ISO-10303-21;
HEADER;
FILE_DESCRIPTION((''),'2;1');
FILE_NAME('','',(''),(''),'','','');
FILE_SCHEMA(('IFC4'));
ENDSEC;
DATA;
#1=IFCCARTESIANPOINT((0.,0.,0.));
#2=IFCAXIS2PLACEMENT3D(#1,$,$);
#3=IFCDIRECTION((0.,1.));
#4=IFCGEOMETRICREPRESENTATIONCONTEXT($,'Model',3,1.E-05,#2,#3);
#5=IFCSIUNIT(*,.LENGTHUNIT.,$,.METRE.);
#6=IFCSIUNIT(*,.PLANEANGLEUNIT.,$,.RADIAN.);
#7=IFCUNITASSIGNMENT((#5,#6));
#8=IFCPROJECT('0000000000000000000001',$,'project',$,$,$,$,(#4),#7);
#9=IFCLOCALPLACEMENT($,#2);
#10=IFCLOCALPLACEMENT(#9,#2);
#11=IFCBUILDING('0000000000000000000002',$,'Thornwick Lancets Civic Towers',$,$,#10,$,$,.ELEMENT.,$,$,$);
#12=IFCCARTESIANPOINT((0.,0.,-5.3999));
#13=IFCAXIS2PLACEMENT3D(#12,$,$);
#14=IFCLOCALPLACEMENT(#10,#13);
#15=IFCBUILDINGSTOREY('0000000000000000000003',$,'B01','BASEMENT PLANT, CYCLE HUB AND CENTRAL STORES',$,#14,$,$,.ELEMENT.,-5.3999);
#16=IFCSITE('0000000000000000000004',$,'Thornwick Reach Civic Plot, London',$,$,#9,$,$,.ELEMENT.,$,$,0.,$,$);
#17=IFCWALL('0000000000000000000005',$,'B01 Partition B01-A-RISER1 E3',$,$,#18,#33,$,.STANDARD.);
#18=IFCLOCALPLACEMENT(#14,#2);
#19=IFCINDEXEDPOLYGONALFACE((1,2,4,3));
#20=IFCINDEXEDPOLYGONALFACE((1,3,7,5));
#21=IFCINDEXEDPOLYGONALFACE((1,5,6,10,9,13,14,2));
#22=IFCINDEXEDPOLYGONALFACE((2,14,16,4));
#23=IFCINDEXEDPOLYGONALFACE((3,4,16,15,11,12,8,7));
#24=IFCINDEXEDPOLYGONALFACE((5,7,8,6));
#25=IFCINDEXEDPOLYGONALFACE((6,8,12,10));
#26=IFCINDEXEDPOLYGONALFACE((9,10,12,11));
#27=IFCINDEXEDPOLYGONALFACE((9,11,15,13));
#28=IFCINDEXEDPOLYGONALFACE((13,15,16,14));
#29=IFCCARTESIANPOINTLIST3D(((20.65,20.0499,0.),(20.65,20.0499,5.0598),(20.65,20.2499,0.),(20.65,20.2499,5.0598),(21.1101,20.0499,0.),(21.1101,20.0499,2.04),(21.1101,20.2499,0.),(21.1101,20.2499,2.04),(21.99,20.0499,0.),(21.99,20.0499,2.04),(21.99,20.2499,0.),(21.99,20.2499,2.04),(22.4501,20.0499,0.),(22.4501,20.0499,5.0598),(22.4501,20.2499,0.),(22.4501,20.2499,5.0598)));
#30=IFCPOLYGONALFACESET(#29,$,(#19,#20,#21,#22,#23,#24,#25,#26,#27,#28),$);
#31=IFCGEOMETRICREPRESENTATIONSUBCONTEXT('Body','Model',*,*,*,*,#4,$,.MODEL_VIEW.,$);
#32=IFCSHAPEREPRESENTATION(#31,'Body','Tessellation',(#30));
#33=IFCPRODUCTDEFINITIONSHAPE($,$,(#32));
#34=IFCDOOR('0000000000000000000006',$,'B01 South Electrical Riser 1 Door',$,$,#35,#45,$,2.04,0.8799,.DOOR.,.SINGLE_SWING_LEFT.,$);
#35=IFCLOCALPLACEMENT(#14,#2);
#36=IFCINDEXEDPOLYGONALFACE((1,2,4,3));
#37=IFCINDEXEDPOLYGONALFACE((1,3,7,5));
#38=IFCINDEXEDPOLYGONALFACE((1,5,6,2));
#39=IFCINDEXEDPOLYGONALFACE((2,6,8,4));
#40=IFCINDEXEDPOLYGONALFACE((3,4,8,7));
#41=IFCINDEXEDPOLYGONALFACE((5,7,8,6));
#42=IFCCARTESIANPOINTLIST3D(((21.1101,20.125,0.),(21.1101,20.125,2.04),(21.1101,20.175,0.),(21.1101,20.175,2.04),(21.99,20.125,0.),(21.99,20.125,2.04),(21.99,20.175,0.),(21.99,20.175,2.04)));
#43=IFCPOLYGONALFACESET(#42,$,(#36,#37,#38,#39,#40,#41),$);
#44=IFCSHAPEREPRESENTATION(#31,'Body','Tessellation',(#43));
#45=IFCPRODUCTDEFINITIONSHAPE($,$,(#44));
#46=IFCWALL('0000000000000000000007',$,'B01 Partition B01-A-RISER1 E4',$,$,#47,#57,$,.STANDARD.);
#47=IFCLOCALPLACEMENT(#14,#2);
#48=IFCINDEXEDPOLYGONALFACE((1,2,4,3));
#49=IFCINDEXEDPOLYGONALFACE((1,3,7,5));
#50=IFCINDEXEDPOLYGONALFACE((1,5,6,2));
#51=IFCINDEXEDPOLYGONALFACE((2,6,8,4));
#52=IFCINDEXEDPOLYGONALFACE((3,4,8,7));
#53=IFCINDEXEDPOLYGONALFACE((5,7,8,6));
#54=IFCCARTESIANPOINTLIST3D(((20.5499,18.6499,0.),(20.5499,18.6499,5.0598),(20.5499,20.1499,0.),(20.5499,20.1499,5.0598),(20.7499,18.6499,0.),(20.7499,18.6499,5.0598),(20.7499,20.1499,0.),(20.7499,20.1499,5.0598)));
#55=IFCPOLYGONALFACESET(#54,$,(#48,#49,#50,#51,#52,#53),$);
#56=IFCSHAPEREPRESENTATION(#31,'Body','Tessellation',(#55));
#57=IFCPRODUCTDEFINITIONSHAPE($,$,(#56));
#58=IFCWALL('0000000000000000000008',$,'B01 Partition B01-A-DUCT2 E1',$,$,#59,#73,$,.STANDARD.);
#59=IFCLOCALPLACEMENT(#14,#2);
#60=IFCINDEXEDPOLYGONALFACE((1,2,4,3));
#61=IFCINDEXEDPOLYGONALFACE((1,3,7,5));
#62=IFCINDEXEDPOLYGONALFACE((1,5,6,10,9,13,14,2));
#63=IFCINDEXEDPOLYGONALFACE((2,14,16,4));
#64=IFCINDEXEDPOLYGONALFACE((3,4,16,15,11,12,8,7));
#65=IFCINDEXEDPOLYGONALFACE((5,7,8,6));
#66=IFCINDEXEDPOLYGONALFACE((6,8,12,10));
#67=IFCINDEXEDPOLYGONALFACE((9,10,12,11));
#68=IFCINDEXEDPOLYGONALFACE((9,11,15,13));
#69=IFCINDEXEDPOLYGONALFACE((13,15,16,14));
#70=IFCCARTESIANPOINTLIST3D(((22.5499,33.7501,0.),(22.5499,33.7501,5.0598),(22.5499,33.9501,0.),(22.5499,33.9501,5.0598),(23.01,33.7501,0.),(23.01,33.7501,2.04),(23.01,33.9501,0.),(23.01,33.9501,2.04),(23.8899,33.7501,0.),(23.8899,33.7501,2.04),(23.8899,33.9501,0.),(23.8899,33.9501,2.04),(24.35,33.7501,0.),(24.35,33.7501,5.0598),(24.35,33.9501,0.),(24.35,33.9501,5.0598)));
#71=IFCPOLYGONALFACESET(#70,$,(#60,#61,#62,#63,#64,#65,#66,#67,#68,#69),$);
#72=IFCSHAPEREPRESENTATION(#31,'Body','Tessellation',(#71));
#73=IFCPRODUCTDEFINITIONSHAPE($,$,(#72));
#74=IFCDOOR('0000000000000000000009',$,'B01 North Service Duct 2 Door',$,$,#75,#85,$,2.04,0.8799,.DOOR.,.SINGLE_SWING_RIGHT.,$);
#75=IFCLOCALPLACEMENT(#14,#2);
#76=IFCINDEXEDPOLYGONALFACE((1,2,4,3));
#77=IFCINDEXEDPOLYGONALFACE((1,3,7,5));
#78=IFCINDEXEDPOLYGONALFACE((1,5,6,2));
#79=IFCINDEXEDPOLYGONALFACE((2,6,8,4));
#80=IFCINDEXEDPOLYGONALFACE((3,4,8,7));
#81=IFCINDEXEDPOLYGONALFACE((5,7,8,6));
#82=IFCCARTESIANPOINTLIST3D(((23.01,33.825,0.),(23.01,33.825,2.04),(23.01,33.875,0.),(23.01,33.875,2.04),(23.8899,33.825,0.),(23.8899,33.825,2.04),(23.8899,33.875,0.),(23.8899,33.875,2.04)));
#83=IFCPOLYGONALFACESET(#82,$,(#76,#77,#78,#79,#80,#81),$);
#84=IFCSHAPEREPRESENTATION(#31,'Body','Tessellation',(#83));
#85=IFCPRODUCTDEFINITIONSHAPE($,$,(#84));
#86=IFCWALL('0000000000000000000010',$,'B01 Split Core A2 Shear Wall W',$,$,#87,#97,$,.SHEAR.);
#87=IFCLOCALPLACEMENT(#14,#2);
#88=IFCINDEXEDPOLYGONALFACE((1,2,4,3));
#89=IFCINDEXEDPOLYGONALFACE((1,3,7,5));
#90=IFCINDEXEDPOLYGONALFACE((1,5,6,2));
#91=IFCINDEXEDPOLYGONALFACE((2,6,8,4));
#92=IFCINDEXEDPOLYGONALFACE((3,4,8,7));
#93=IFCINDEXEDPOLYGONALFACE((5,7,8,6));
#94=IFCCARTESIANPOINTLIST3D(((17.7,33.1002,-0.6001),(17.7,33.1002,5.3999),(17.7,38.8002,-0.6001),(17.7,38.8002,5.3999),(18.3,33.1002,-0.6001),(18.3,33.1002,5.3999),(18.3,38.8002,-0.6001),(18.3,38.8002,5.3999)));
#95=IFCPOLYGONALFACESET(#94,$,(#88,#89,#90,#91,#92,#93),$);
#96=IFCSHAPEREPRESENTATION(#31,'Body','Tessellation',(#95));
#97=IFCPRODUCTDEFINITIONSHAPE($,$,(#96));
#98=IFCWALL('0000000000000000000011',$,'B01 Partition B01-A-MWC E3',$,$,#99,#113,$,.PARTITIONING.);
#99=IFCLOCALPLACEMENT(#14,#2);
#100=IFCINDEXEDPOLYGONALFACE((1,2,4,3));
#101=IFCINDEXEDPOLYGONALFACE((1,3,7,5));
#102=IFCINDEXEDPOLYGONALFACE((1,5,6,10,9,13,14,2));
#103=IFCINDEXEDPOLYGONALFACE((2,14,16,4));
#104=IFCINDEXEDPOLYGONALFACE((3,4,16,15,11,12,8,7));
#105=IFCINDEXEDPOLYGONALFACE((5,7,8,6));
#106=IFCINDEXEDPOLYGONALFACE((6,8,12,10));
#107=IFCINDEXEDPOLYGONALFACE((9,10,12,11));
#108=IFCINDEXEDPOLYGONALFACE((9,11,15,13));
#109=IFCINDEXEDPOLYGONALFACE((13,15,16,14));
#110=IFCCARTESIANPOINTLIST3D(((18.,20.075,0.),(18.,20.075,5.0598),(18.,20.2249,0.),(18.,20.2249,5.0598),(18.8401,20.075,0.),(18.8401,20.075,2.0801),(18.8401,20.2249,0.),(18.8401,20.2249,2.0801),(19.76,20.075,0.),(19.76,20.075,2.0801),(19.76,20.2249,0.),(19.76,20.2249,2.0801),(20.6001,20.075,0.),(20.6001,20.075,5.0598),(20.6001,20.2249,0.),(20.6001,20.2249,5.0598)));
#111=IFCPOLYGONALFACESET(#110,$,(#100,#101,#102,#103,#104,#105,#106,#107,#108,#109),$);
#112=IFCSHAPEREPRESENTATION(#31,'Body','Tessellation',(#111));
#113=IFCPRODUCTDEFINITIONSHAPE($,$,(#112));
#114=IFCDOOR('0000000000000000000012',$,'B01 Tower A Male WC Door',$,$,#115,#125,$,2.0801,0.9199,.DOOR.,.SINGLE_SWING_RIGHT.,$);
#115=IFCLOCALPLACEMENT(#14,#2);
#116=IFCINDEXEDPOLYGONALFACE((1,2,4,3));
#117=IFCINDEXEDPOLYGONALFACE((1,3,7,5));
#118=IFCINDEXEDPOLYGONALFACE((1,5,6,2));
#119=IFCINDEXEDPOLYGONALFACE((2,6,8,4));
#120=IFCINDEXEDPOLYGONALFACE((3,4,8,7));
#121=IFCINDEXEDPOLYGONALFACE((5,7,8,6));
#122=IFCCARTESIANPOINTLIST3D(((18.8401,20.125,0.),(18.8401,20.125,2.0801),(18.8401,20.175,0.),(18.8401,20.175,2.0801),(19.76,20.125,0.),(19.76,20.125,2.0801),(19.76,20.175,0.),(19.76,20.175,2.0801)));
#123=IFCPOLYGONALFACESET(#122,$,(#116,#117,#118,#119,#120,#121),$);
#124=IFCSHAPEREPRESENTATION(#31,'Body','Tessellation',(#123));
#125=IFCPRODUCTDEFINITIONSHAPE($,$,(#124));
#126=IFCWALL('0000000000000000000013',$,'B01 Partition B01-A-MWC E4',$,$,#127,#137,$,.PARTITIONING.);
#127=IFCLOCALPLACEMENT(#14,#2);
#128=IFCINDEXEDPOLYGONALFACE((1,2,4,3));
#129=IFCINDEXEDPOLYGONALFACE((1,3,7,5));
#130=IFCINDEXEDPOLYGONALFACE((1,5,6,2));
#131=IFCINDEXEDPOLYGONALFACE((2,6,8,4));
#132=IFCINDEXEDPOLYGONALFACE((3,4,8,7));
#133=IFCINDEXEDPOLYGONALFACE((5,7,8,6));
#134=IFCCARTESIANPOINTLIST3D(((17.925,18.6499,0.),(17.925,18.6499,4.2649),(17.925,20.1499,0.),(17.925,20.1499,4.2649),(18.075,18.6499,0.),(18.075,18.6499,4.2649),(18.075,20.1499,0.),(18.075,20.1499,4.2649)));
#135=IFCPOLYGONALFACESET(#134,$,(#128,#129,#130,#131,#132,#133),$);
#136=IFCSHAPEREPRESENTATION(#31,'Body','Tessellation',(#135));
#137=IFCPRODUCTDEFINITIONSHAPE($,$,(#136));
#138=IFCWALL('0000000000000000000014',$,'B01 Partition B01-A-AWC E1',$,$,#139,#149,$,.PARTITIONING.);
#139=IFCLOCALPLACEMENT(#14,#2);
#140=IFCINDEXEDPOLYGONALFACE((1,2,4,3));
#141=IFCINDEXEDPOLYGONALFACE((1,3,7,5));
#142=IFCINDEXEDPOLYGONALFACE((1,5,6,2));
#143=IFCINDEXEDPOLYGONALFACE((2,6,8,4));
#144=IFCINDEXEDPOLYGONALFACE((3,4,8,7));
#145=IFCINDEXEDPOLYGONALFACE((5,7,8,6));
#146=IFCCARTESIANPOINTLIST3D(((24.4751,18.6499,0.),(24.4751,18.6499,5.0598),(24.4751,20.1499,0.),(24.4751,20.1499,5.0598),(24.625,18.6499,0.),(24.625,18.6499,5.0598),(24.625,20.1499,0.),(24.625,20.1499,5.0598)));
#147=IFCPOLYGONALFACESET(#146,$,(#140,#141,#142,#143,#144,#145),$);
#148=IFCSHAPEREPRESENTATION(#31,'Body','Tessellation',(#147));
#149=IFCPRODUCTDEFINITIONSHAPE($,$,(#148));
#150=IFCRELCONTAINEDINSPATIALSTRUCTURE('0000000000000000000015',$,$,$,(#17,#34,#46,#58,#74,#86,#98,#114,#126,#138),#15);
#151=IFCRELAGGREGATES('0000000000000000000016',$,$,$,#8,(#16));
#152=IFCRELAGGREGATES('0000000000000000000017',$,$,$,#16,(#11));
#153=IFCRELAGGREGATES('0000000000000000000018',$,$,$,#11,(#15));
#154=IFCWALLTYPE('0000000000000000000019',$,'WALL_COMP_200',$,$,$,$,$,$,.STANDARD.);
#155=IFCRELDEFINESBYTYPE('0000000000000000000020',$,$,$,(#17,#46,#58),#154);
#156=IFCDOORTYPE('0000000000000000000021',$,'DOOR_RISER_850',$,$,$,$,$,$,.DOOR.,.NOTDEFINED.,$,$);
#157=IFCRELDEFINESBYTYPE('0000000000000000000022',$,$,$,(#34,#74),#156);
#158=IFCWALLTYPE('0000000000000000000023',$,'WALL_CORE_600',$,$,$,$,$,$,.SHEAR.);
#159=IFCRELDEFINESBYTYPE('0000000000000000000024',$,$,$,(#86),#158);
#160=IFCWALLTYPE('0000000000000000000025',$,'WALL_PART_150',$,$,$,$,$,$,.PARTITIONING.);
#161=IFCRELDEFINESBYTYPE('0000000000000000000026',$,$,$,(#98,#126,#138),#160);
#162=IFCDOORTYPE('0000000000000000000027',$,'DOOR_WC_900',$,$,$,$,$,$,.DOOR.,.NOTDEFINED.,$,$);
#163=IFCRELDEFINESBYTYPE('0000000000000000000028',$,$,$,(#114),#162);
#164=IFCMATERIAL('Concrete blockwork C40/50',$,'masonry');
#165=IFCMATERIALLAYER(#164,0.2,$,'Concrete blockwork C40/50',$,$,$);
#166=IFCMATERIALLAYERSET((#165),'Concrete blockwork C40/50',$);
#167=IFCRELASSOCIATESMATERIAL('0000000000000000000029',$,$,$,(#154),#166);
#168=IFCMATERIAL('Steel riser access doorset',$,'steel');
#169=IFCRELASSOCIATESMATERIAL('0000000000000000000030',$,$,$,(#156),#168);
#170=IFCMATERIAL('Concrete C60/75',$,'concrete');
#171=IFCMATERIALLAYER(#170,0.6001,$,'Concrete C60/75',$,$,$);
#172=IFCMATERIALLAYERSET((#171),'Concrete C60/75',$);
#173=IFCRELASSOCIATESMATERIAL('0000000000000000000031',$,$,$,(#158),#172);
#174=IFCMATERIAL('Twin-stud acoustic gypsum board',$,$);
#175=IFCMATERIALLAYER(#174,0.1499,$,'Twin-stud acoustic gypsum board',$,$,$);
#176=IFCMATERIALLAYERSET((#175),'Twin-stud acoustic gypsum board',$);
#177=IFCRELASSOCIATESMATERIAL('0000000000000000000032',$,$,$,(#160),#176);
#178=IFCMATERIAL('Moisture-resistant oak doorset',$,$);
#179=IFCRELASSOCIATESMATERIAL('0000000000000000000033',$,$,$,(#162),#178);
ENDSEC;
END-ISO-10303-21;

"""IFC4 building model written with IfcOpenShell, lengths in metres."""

from ifc_helpers import new_model, si_unit, direction, frame, frame_2d, origin, place, context, subcontext, project, spatial, rectangle, extrude, material, layer, layer_set, type_object, element, fill, save


model = new_model("IFC4")

# Units and contexts
model_context = context("Model", 3, precision=1e-05, world=origin(), true_north=direction((0.0, 1.0)))
body_context = subcontext(model_context, "Body", "Model", "MODEL_VIEW")
ifc_project = project(units=[si_unit("LENGTHUNIT", "METRE"), si_unit("PLANEANGLEUNIT", "RADIAN")], contexts=[model_context])

# Site, building, storey
site_placement = place(None, origin())
site = spatial("IfcSite", under=ifc_project, at=site_placement, Name="Thornwick Reach Civic Plot, London", CompositionType="ELEMENT", RefElevation=0.0)
building_placement = place(site_placement, origin())
building = spatial("IfcBuilding", under=site, at=building_placement, Name="Thornwick Lancets Civic Towers", CompositionType="ELEMENT")
storey_placement = place(building_placement, frame((0.0, 0.0, -5.3999)))
storey = spatial("IfcBuildingStorey", under=building, at=storey_placement, Name="B01", Description="BASEMENT PLANT, CYCLE HUB AND CENTRAL STORES", CompositionType="ELEMENT", Elevation=-5.3999)

# Shared definitions
ifc_material_1 = material(Name="Concrete C60/75", Category="concrete")

# Shared definitions
ifc_material_2 = material(Name="Concrete blockwork C40/50", Category="masonry")
ifc_layer_1 = layer(ifc_material_2, 0.2, Name="Concrete blockwork C40/50")
ifc_layer_set_1 = layer_set([ifc_layer_1], Name="Concrete blockwork C40/50")
wall_type_1 = type_object("IfcWallType", Name="WALL_COMP_200", PredefinedType="STANDARD", material=ifc_layer_set_1)

# Wall, opening, door
wall_1_placement = place(storey_placement, frame((22.45, 20.1499, 0.0), z_axis=(0.0, 0.0, 1.0), x_axis=(-1.0, 0.0, 0.0)))
wall_1 = element("IfcWall", 1, at=wall_1_placement, inside=storey, type_object=wall_type_1, Name="B01 Partition B01-A-RISER1 E3", PredefinedType="STANDARD", context=body_context, shape_type="SweptSolid", body=[
    extrude(rectangle(XDim=1.8, YDim=0.2, at=frame_2d((0.8999, 0.0))), origin(), (0.0, 0.0, 1.0), 5.0598),
])
opening_1_placement = place(wall_1_placement, frame((0.46, 0.0, 0.0)))
opening_1 = element("IfcOpeningElement", 2, at=opening_1_placement, cuts=wall_1, PredefinedType="OPENING", context=body_context, shape_type="SweptSolid", body=[
    extrude(rectangle(XDim=0.8799, YDim=2.04, at=frame_2d((0.4399, 1.02))), frame((0.0, 0.1099, 0.0), z_axis=(0.0, -1.0, 0.0), x_axis=(1.0, 0.0, 0.0)), (0.0, 0.0, 1.0), 0.22),
])
ifc_material_3 = material(Name="Steel riser access doorset", Category="steel")
door_type_1 = type_object("IfcDoorType", Name="DOOR_RISER_850", OperationType="NOTDEFINED", PredefinedType="DOOR", material=ifc_material_3)
door_1_placement = place(opening_1_placement, origin())
door_1 = element("IfcDoor", 3, at=door_1_placement, inside=storey, type_object=door_type_1, Name="B01 South Electrical Riser 1 Door", OperationType="SINGLE_SWING_LEFT", OverallHeight=2.04, OverallWidth=0.8799, PredefinedType="DOOR", context=body_context, shape_type="SweptSolid", body=[
    extrude(rectangle(XDim=0.8799, YDim=2.04, at=frame_2d((0.4399, 1.02))), frame((0.0, 0.0249, 0.0), z_axis=(0.0, -1.0, 0.0), x_axis=(1.0, 0.0, 0.0)), (0.0, 0.0, 1.0), 0.05),
])
fill(opening_1, door_1)

# Wall
wall_2_placement = place(storey_placement, frame((20.6499, 20.1499, 0.0), z_axis=(0.0, 0.0, 1.0), x_axis=(0.0, -1.0, 0.0)))
element("IfcWall", 4, at=wall_2_placement, inside=storey, type_object=wall_type_1, Name="B01 Partition B01-A-RISER1 E4", PredefinedType="STANDARD", context=body_context, shape_type="SweptSolid", body=[
    extrude(rectangle(XDim=1.5, YDim=0.2, at=frame_2d((0.75, 0.0))), origin(), (0.0, 0.0, 1.0), 5.0598),
])

# Wall, opening, door
wall_3_placement = place(storey_placement, frame((22.55, 33.8501, 0.0), z_axis=(0.0, 0.0, 1.0), x_axis=(1.0, 0.0, 0.0)))
wall_3 = element("IfcWall", 5, at=wall_3_placement, inside=storey, type_object=wall_type_1, Name="B01 Partition B01-A-DUCT2 E1", PredefinedType="STANDARD", context=body_context, shape_type="SweptSolid", body=[
    extrude(rectangle(XDim=1.8, YDim=0.2, at=frame_2d((0.8999, 0.0))), origin(), (0.0, 0.0, 1.0), 5.0598),
])
opening_2_placement = place(wall_3_placement, frame((0.46, 0.0, 0.0)))
opening_2 = element("IfcOpeningElement", 6, at=opening_2_placement, cuts=wall_3, PredefinedType="OPENING", context=body_context, shape_type="SweptSolid", body=[
    extrude(rectangle(XDim=0.8799, YDim=2.04, at=frame_2d((0.4399, 1.02))), frame((0.0, 0.1099, 0.0), z_axis=(0.0, -1.0, 0.0), x_axis=(1.0, 0.0, 0.0)), (0.0, 0.0, 1.0), 0.22),
])
door_2_placement = place(opening_2_placement, origin())
door_2 = element("IfcDoor", 7, at=door_2_placement, inside=storey, type_object=door_type_1, Name="B01 North Service Duct 2 Door", OperationType="SINGLE_SWING_RIGHT", OverallHeight=2.04, OverallWidth=0.8799, PredefinedType="DOOR", context=body_context, shape_type="SweptSolid", body=[
    extrude(rectangle(XDim=0.8799, YDim=2.04, at=frame_2d((0.4399, 1.02))), frame((0.0, 0.0249, 0.0), z_axis=(0.0, -1.0, 0.0), x_axis=(1.0, 0.0, 0.0)), (0.0, 0.0, 1.0), 0.05),
])
fill(opening_2, door_2)

# Wall
ifc_layer_2 = layer(ifc_material_1, 0.6001, Name="Concrete C60/75")
ifc_layer_set_2 = layer_set([ifc_layer_2], Name="Concrete C60/75")
wall_type_2 = type_object("IfcWallType", Name="WALL_CORE_600", PredefinedType="SHEAR", material=ifc_layer_set_2)
wall_4_placement = place(storey_placement, frame((18.0, 33.1001, -0.6001), z_axis=(0.0, 0.0, 1.0), x_axis=(0.0, 1.0, 0.0)))
element("IfcWall", 8, at=wall_4_placement, inside=storey, type_object=wall_type_2, Name="B01 Split Core A2 Shear Wall W", PredefinedType="SHEAR", context=body_context, shape_type="SweptSolid", body=[
    extrude(rectangle(XDim=5.7, YDim=0.6001, at=frame_2d((2.8501, 0.0))), origin(), (0.0, 0.0, 1.0), 6.0),
])

# Wall, opening, door
ifc_material_4 = material(Name="Twin-stud acoustic gypsum board")
ifc_layer_3 = layer(ifc_material_4, 0.1499, Name="Twin-stud acoustic gypsum board")
ifc_layer_set_3 = layer_set([ifc_layer_3], Name="Twin-stud acoustic gypsum board")
wall_type_3 = type_object("IfcWallType", Name="WALL_PART_150", PredefinedType="PARTITIONING", material=ifc_layer_set_3)
wall_5_placement = place(storey_placement, frame((20.6001, 20.1499, 0.0), z_axis=(0.0, 0.0, 1.0), x_axis=(-1.0, 0.0, 0.0)))
wall_5 = element("IfcWall", 9, at=wall_5_placement, inside=storey, type_object=wall_type_3, Name="B01 Partition B01-A-MWC E3", PredefinedType="PARTITIONING", context=body_context, shape_type="SweptSolid", body=[
    extrude(rectangle(XDim=2.6001, YDim=0.1499, at=frame_2d((1.3, 0.0))), origin(), (0.0, 0.0, 1.0), 5.0598),
])
opening_3_placement = place(wall_5_placement, frame((0.8401, 0.0, 0.0)))
opening_3 = element("IfcOpeningElement", 10, at=opening_3_placement, cuts=wall_5, PredefinedType="OPENING", context=body_context, shape_type="SweptSolid", body=[
    extrude(rectangle(XDim=0.9199, YDim=2.0801, at=frame_2d((0.46, 1.04))), frame((0.0, 0.085, 0.0), z_axis=(0.0, -1.0, 0.0), x_axis=(1.0, 0.0, 0.0)), (0.0, 0.0, 1.0), 0.1699),
])
ifc_material_5 = material(Name="Moisture-resistant oak doorset")
door_type_2 = type_object("IfcDoorType", Name="DOOR_WC_900", OperationType="NOTDEFINED", PredefinedType="DOOR", material=ifc_material_5)
door_3_placement = place(opening_3_placement, origin())
door_3 = element("IfcDoor", 11, at=door_3_placement, inside=storey, type_object=door_type_2, Name="B01 Tower A Male WC Door", OperationType="SINGLE_SWING_RIGHT", OverallHeight=2.0801, OverallWidth=0.9199, PredefinedType="DOOR", context=body_context, shape_type="SweptSolid", body=[
    extrude(rectangle(XDim=0.9199, YDim=2.0801, at=frame_2d((0.46, 1.04))), frame((0.0, 0.0249, 0.0), z_axis=(0.0, -1.0, 0.0), x_axis=(1.0, 0.0, 0.0)), (0.0, 0.0, 1.0), 0.05),
])
fill(opening_3, door_3)

# Walls
wall_6_placement = place(storey_placement, frame((18.0, 20.1499, 0.0), z_axis=(0.0, 0.0, 1.0), x_axis=(0.0, -1.0, 0.0)))
element("IfcWall", 12, at=wall_6_placement, inside=storey, type_object=wall_type_3, Name="B01 Partition B01-A-MWC E4", PredefinedType="PARTITIONING", context=body_context, shape_type="SweptSolid", body=[
    extrude(rectangle(XDim=1.5, YDim=0.1499, at=frame_2d((0.75, 0.0))), origin(), (0.0, 0.0, 1.0), 4.2649),
])
wall_7_placement = place(storey_placement, frame((24.55, 20.1499, 0.0), z_axis=(0.0, 0.0, 1.0), x_axis=(0.0, -1.0, 0.0)))
element("IfcWall", 13, at=wall_7_placement, inside=storey, type_object=wall_type_3, Name="B01 Partition B01-A-AWC E1", PredefinedType="PARTITIONING", context=body_context, shape_type="SweptSolid", body=[
    extrude(rectangle(XDim=1.5, YDim=0.1499, at=frame_2d((0.75, 0.0))), origin(), (0.0, 0.0, 1.0), 5.0598),
])

save(model, "model.ifc")
